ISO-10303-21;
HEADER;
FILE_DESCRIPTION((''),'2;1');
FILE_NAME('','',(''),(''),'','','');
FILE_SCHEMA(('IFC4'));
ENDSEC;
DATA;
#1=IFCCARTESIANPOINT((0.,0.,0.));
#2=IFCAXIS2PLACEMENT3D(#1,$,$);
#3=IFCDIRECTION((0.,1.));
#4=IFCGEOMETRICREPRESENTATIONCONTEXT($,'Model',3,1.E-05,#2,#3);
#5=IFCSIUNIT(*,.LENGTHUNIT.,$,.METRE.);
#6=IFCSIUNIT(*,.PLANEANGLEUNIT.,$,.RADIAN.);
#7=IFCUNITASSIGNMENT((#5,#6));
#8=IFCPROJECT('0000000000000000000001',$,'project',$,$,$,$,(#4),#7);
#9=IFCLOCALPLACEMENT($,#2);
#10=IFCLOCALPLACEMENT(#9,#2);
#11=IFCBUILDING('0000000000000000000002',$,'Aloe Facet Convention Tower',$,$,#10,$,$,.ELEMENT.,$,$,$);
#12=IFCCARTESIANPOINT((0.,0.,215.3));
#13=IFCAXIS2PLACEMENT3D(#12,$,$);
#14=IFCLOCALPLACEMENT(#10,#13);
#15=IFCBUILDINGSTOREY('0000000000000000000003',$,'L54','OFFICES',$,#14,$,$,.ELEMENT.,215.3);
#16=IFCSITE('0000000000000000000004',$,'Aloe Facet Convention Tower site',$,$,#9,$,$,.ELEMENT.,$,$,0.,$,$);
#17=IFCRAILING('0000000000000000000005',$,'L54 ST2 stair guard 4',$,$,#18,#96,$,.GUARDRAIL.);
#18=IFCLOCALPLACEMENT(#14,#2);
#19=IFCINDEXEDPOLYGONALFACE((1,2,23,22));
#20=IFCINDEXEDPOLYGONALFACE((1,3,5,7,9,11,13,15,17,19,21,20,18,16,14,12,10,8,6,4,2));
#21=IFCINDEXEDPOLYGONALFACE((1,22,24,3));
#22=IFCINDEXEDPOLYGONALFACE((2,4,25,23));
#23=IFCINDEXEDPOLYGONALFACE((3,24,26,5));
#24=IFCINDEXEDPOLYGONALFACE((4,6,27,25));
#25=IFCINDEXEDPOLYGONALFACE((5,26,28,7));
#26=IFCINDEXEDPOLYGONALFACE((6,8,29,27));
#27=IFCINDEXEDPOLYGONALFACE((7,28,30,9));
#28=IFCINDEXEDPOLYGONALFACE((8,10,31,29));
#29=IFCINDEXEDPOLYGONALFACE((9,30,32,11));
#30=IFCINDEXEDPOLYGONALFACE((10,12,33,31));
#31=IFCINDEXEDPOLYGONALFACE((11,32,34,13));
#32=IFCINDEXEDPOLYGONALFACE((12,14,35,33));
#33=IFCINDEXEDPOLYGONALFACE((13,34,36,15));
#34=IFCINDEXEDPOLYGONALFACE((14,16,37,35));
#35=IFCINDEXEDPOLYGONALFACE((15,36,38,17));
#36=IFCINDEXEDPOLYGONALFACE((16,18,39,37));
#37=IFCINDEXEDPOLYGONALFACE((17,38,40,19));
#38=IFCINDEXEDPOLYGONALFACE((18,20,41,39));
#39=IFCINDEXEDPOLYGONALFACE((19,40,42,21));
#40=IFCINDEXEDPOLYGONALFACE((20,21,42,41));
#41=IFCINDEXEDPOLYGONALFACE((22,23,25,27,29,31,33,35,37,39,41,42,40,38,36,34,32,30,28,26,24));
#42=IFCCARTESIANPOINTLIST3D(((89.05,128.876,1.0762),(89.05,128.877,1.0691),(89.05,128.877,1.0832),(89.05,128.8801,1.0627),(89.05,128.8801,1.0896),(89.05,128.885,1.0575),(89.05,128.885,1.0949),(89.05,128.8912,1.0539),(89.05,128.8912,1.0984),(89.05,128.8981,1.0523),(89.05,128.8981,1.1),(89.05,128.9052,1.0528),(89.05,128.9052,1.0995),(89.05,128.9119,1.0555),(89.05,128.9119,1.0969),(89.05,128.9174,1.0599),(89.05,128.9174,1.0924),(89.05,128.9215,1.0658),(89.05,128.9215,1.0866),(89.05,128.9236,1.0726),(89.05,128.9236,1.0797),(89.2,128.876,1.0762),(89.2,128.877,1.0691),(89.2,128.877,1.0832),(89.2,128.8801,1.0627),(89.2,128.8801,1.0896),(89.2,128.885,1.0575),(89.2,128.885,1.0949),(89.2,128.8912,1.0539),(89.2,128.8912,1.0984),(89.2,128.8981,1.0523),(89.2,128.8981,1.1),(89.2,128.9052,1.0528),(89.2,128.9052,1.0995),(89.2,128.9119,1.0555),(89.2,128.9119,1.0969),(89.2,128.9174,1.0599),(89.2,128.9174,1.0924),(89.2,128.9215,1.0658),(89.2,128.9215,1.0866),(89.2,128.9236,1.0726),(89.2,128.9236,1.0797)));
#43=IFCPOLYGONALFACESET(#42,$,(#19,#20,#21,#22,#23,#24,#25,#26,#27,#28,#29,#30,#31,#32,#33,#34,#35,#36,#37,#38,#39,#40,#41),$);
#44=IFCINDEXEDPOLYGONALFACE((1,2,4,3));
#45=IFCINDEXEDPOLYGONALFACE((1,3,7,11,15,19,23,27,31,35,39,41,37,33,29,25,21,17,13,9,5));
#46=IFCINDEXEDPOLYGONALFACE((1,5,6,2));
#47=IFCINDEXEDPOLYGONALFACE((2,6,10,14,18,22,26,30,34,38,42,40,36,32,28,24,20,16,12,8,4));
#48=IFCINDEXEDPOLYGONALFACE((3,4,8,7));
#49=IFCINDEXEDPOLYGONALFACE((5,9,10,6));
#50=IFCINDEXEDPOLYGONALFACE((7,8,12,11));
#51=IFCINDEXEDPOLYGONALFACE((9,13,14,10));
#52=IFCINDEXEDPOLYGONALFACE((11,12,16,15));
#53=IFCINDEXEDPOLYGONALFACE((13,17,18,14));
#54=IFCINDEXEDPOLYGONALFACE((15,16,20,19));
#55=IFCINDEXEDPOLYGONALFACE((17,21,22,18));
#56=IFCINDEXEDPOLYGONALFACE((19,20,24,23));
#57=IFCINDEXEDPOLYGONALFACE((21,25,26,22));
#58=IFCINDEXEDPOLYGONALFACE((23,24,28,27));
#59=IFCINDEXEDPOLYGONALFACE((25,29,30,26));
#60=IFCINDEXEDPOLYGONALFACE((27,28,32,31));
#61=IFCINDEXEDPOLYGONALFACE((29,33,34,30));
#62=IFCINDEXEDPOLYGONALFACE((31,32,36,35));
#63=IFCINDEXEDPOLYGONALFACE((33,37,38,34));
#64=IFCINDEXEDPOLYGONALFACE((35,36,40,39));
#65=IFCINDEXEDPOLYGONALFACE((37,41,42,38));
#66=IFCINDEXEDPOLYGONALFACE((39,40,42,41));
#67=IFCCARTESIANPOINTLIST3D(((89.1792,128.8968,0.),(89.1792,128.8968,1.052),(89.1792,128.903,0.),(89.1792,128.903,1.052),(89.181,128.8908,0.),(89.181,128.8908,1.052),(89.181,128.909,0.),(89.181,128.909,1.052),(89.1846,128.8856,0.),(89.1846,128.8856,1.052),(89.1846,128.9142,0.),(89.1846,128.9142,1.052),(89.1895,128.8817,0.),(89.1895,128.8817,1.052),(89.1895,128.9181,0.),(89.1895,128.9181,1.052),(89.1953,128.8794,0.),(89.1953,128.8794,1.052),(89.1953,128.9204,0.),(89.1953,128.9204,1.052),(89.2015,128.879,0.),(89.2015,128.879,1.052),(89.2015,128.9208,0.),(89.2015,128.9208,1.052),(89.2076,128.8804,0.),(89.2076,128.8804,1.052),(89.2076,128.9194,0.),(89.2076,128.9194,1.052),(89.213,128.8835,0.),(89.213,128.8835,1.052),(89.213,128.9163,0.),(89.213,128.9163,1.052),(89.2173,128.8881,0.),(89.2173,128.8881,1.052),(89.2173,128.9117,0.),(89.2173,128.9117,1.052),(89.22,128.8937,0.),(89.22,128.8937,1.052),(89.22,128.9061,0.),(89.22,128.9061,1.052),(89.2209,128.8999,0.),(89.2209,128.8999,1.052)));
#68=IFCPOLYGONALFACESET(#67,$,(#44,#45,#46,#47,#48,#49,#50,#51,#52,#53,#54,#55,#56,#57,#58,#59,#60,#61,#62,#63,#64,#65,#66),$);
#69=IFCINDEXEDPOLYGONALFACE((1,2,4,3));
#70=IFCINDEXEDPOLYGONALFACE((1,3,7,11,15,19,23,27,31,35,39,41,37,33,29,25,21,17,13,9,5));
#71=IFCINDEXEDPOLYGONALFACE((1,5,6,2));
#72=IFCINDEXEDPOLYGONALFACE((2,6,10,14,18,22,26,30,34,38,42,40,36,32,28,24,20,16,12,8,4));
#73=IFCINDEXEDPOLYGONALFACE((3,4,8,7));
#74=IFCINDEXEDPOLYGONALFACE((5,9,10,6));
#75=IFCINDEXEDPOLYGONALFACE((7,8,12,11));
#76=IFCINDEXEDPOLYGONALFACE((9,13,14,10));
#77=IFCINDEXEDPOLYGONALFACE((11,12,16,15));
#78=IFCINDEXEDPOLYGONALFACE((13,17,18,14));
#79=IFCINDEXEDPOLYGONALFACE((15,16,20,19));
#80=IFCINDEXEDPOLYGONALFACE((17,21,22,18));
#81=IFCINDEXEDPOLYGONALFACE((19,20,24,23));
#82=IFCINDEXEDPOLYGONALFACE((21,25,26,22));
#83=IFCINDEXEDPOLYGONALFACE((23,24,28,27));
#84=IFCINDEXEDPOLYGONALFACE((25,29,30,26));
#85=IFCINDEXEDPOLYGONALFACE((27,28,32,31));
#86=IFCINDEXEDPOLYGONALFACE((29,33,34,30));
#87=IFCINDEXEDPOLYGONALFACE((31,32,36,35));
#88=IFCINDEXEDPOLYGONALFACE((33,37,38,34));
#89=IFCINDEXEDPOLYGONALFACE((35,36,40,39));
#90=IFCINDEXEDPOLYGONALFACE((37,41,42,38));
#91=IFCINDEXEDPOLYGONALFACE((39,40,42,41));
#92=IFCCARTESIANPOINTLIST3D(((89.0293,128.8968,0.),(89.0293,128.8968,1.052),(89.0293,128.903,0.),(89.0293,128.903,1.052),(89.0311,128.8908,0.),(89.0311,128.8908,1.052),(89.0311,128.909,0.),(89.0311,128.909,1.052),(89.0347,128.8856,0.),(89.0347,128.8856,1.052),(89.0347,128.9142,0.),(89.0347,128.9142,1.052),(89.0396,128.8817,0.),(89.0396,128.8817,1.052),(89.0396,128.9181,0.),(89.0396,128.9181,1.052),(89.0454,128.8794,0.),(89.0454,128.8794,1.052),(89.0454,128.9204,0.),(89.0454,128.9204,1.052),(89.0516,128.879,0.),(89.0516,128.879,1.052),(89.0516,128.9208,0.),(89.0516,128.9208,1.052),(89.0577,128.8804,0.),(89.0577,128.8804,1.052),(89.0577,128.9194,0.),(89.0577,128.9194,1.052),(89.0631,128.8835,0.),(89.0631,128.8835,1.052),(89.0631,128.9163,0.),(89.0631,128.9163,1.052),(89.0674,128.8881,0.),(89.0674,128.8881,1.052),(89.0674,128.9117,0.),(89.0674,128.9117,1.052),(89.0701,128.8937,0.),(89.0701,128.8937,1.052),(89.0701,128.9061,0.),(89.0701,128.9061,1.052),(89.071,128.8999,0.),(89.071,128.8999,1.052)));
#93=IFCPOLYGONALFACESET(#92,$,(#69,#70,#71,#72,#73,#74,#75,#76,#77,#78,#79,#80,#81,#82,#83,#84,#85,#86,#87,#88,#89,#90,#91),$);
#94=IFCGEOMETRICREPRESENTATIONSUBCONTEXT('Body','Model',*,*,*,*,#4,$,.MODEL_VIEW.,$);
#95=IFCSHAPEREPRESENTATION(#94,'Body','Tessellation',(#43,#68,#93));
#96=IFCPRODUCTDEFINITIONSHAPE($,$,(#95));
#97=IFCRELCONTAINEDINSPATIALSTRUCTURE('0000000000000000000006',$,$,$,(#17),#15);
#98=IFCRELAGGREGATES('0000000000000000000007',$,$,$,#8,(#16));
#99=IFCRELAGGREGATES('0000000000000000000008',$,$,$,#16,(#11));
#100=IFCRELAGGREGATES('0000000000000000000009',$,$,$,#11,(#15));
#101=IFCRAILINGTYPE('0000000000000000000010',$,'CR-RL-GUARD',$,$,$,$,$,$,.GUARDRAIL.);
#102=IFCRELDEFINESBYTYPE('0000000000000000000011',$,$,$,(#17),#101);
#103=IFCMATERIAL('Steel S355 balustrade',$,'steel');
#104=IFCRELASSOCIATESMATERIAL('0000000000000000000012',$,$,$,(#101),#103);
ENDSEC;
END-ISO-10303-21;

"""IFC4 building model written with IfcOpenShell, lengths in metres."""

from ifc_helpers import new_model, si_unit, direction, frame, origin, origin_2d, place, context, subcontext, project, spatial, circle, extrude, material, type_object, element, save


model = new_model("IFC4")

# Units and contexts
model_context = context("Model", 3, precision=1e-05, world=origin(), true_north=direction((0.0, 1.0)))
body_context = subcontext(model_context, "Body", "Model", "MODEL_VIEW")
ifc_project = project(units=[si_unit("LENGTHUNIT", "METRE"), si_unit("PLANEANGLEUNIT", "RADIAN")], contexts=[model_context])

# Site, building, storey
site_placement = place(None, origin())
site = spatial("IfcSite", under=ifc_project, at=site_placement, Name="Aloe Facet Convention Tower site", CompositionType="ELEMENT", RefElevation=0.0)
building_placement = place(site_placement, origin())
building = spatial("IfcBuilding", under=site, at=building_placement, Name="Aloe Facet Convention Tower", CompositionType="ELEMENT")
storey_placement = place(building_placement, frame((0.0, 0.0, 215.3)))
storey = spatial("IfcBuildingStorey", under=building, at=storey_placement, Name="L54", Description="OFFICES", CompositionType="ELEMENT", Elevation=215.3)

# Railing
ifc_material_1 = material(Name="Steel S355 balustrade", Category="steel")
railing_type = type_object("IfcRailingType", Name="CR-RL-GUARD", PredefinedType="GUARDRAIL", material=ifc_material_1)
railing_1_placement = place(storey_placement, frame((89.2, 128.8999, 0.0)))
element("IfcRailing", 1, at=railing_1_placement, inside=storey, type_object=railing_type, Name="L54 ST2 stair guard 4", PredefinedType="GUARDRAIL", context=body_context, shape_type="SweptSolid", body=[
    extrude(circle(Radius=0.0239, at=origin_2d()), frame((0.0, 0.0, 1.0762), z_axis=(-1.0, 0.0, 0.0), x_axis=(0.0, -1.0, 0.0)), (0.0, 0.0, 1.0), 0.1499),
    extrude(circle(Radius=0.021, at=origin_2d()), origin(), (0.0, 0.0, 1.0), 1.052),
    extrude(circle(Radius=0.021, at=origin_2d()), frame((-0.1499, 0.0, 0.0)), (0.0, 0.0, 1.0), 1.052),
])

save(model, "model.ifc")
